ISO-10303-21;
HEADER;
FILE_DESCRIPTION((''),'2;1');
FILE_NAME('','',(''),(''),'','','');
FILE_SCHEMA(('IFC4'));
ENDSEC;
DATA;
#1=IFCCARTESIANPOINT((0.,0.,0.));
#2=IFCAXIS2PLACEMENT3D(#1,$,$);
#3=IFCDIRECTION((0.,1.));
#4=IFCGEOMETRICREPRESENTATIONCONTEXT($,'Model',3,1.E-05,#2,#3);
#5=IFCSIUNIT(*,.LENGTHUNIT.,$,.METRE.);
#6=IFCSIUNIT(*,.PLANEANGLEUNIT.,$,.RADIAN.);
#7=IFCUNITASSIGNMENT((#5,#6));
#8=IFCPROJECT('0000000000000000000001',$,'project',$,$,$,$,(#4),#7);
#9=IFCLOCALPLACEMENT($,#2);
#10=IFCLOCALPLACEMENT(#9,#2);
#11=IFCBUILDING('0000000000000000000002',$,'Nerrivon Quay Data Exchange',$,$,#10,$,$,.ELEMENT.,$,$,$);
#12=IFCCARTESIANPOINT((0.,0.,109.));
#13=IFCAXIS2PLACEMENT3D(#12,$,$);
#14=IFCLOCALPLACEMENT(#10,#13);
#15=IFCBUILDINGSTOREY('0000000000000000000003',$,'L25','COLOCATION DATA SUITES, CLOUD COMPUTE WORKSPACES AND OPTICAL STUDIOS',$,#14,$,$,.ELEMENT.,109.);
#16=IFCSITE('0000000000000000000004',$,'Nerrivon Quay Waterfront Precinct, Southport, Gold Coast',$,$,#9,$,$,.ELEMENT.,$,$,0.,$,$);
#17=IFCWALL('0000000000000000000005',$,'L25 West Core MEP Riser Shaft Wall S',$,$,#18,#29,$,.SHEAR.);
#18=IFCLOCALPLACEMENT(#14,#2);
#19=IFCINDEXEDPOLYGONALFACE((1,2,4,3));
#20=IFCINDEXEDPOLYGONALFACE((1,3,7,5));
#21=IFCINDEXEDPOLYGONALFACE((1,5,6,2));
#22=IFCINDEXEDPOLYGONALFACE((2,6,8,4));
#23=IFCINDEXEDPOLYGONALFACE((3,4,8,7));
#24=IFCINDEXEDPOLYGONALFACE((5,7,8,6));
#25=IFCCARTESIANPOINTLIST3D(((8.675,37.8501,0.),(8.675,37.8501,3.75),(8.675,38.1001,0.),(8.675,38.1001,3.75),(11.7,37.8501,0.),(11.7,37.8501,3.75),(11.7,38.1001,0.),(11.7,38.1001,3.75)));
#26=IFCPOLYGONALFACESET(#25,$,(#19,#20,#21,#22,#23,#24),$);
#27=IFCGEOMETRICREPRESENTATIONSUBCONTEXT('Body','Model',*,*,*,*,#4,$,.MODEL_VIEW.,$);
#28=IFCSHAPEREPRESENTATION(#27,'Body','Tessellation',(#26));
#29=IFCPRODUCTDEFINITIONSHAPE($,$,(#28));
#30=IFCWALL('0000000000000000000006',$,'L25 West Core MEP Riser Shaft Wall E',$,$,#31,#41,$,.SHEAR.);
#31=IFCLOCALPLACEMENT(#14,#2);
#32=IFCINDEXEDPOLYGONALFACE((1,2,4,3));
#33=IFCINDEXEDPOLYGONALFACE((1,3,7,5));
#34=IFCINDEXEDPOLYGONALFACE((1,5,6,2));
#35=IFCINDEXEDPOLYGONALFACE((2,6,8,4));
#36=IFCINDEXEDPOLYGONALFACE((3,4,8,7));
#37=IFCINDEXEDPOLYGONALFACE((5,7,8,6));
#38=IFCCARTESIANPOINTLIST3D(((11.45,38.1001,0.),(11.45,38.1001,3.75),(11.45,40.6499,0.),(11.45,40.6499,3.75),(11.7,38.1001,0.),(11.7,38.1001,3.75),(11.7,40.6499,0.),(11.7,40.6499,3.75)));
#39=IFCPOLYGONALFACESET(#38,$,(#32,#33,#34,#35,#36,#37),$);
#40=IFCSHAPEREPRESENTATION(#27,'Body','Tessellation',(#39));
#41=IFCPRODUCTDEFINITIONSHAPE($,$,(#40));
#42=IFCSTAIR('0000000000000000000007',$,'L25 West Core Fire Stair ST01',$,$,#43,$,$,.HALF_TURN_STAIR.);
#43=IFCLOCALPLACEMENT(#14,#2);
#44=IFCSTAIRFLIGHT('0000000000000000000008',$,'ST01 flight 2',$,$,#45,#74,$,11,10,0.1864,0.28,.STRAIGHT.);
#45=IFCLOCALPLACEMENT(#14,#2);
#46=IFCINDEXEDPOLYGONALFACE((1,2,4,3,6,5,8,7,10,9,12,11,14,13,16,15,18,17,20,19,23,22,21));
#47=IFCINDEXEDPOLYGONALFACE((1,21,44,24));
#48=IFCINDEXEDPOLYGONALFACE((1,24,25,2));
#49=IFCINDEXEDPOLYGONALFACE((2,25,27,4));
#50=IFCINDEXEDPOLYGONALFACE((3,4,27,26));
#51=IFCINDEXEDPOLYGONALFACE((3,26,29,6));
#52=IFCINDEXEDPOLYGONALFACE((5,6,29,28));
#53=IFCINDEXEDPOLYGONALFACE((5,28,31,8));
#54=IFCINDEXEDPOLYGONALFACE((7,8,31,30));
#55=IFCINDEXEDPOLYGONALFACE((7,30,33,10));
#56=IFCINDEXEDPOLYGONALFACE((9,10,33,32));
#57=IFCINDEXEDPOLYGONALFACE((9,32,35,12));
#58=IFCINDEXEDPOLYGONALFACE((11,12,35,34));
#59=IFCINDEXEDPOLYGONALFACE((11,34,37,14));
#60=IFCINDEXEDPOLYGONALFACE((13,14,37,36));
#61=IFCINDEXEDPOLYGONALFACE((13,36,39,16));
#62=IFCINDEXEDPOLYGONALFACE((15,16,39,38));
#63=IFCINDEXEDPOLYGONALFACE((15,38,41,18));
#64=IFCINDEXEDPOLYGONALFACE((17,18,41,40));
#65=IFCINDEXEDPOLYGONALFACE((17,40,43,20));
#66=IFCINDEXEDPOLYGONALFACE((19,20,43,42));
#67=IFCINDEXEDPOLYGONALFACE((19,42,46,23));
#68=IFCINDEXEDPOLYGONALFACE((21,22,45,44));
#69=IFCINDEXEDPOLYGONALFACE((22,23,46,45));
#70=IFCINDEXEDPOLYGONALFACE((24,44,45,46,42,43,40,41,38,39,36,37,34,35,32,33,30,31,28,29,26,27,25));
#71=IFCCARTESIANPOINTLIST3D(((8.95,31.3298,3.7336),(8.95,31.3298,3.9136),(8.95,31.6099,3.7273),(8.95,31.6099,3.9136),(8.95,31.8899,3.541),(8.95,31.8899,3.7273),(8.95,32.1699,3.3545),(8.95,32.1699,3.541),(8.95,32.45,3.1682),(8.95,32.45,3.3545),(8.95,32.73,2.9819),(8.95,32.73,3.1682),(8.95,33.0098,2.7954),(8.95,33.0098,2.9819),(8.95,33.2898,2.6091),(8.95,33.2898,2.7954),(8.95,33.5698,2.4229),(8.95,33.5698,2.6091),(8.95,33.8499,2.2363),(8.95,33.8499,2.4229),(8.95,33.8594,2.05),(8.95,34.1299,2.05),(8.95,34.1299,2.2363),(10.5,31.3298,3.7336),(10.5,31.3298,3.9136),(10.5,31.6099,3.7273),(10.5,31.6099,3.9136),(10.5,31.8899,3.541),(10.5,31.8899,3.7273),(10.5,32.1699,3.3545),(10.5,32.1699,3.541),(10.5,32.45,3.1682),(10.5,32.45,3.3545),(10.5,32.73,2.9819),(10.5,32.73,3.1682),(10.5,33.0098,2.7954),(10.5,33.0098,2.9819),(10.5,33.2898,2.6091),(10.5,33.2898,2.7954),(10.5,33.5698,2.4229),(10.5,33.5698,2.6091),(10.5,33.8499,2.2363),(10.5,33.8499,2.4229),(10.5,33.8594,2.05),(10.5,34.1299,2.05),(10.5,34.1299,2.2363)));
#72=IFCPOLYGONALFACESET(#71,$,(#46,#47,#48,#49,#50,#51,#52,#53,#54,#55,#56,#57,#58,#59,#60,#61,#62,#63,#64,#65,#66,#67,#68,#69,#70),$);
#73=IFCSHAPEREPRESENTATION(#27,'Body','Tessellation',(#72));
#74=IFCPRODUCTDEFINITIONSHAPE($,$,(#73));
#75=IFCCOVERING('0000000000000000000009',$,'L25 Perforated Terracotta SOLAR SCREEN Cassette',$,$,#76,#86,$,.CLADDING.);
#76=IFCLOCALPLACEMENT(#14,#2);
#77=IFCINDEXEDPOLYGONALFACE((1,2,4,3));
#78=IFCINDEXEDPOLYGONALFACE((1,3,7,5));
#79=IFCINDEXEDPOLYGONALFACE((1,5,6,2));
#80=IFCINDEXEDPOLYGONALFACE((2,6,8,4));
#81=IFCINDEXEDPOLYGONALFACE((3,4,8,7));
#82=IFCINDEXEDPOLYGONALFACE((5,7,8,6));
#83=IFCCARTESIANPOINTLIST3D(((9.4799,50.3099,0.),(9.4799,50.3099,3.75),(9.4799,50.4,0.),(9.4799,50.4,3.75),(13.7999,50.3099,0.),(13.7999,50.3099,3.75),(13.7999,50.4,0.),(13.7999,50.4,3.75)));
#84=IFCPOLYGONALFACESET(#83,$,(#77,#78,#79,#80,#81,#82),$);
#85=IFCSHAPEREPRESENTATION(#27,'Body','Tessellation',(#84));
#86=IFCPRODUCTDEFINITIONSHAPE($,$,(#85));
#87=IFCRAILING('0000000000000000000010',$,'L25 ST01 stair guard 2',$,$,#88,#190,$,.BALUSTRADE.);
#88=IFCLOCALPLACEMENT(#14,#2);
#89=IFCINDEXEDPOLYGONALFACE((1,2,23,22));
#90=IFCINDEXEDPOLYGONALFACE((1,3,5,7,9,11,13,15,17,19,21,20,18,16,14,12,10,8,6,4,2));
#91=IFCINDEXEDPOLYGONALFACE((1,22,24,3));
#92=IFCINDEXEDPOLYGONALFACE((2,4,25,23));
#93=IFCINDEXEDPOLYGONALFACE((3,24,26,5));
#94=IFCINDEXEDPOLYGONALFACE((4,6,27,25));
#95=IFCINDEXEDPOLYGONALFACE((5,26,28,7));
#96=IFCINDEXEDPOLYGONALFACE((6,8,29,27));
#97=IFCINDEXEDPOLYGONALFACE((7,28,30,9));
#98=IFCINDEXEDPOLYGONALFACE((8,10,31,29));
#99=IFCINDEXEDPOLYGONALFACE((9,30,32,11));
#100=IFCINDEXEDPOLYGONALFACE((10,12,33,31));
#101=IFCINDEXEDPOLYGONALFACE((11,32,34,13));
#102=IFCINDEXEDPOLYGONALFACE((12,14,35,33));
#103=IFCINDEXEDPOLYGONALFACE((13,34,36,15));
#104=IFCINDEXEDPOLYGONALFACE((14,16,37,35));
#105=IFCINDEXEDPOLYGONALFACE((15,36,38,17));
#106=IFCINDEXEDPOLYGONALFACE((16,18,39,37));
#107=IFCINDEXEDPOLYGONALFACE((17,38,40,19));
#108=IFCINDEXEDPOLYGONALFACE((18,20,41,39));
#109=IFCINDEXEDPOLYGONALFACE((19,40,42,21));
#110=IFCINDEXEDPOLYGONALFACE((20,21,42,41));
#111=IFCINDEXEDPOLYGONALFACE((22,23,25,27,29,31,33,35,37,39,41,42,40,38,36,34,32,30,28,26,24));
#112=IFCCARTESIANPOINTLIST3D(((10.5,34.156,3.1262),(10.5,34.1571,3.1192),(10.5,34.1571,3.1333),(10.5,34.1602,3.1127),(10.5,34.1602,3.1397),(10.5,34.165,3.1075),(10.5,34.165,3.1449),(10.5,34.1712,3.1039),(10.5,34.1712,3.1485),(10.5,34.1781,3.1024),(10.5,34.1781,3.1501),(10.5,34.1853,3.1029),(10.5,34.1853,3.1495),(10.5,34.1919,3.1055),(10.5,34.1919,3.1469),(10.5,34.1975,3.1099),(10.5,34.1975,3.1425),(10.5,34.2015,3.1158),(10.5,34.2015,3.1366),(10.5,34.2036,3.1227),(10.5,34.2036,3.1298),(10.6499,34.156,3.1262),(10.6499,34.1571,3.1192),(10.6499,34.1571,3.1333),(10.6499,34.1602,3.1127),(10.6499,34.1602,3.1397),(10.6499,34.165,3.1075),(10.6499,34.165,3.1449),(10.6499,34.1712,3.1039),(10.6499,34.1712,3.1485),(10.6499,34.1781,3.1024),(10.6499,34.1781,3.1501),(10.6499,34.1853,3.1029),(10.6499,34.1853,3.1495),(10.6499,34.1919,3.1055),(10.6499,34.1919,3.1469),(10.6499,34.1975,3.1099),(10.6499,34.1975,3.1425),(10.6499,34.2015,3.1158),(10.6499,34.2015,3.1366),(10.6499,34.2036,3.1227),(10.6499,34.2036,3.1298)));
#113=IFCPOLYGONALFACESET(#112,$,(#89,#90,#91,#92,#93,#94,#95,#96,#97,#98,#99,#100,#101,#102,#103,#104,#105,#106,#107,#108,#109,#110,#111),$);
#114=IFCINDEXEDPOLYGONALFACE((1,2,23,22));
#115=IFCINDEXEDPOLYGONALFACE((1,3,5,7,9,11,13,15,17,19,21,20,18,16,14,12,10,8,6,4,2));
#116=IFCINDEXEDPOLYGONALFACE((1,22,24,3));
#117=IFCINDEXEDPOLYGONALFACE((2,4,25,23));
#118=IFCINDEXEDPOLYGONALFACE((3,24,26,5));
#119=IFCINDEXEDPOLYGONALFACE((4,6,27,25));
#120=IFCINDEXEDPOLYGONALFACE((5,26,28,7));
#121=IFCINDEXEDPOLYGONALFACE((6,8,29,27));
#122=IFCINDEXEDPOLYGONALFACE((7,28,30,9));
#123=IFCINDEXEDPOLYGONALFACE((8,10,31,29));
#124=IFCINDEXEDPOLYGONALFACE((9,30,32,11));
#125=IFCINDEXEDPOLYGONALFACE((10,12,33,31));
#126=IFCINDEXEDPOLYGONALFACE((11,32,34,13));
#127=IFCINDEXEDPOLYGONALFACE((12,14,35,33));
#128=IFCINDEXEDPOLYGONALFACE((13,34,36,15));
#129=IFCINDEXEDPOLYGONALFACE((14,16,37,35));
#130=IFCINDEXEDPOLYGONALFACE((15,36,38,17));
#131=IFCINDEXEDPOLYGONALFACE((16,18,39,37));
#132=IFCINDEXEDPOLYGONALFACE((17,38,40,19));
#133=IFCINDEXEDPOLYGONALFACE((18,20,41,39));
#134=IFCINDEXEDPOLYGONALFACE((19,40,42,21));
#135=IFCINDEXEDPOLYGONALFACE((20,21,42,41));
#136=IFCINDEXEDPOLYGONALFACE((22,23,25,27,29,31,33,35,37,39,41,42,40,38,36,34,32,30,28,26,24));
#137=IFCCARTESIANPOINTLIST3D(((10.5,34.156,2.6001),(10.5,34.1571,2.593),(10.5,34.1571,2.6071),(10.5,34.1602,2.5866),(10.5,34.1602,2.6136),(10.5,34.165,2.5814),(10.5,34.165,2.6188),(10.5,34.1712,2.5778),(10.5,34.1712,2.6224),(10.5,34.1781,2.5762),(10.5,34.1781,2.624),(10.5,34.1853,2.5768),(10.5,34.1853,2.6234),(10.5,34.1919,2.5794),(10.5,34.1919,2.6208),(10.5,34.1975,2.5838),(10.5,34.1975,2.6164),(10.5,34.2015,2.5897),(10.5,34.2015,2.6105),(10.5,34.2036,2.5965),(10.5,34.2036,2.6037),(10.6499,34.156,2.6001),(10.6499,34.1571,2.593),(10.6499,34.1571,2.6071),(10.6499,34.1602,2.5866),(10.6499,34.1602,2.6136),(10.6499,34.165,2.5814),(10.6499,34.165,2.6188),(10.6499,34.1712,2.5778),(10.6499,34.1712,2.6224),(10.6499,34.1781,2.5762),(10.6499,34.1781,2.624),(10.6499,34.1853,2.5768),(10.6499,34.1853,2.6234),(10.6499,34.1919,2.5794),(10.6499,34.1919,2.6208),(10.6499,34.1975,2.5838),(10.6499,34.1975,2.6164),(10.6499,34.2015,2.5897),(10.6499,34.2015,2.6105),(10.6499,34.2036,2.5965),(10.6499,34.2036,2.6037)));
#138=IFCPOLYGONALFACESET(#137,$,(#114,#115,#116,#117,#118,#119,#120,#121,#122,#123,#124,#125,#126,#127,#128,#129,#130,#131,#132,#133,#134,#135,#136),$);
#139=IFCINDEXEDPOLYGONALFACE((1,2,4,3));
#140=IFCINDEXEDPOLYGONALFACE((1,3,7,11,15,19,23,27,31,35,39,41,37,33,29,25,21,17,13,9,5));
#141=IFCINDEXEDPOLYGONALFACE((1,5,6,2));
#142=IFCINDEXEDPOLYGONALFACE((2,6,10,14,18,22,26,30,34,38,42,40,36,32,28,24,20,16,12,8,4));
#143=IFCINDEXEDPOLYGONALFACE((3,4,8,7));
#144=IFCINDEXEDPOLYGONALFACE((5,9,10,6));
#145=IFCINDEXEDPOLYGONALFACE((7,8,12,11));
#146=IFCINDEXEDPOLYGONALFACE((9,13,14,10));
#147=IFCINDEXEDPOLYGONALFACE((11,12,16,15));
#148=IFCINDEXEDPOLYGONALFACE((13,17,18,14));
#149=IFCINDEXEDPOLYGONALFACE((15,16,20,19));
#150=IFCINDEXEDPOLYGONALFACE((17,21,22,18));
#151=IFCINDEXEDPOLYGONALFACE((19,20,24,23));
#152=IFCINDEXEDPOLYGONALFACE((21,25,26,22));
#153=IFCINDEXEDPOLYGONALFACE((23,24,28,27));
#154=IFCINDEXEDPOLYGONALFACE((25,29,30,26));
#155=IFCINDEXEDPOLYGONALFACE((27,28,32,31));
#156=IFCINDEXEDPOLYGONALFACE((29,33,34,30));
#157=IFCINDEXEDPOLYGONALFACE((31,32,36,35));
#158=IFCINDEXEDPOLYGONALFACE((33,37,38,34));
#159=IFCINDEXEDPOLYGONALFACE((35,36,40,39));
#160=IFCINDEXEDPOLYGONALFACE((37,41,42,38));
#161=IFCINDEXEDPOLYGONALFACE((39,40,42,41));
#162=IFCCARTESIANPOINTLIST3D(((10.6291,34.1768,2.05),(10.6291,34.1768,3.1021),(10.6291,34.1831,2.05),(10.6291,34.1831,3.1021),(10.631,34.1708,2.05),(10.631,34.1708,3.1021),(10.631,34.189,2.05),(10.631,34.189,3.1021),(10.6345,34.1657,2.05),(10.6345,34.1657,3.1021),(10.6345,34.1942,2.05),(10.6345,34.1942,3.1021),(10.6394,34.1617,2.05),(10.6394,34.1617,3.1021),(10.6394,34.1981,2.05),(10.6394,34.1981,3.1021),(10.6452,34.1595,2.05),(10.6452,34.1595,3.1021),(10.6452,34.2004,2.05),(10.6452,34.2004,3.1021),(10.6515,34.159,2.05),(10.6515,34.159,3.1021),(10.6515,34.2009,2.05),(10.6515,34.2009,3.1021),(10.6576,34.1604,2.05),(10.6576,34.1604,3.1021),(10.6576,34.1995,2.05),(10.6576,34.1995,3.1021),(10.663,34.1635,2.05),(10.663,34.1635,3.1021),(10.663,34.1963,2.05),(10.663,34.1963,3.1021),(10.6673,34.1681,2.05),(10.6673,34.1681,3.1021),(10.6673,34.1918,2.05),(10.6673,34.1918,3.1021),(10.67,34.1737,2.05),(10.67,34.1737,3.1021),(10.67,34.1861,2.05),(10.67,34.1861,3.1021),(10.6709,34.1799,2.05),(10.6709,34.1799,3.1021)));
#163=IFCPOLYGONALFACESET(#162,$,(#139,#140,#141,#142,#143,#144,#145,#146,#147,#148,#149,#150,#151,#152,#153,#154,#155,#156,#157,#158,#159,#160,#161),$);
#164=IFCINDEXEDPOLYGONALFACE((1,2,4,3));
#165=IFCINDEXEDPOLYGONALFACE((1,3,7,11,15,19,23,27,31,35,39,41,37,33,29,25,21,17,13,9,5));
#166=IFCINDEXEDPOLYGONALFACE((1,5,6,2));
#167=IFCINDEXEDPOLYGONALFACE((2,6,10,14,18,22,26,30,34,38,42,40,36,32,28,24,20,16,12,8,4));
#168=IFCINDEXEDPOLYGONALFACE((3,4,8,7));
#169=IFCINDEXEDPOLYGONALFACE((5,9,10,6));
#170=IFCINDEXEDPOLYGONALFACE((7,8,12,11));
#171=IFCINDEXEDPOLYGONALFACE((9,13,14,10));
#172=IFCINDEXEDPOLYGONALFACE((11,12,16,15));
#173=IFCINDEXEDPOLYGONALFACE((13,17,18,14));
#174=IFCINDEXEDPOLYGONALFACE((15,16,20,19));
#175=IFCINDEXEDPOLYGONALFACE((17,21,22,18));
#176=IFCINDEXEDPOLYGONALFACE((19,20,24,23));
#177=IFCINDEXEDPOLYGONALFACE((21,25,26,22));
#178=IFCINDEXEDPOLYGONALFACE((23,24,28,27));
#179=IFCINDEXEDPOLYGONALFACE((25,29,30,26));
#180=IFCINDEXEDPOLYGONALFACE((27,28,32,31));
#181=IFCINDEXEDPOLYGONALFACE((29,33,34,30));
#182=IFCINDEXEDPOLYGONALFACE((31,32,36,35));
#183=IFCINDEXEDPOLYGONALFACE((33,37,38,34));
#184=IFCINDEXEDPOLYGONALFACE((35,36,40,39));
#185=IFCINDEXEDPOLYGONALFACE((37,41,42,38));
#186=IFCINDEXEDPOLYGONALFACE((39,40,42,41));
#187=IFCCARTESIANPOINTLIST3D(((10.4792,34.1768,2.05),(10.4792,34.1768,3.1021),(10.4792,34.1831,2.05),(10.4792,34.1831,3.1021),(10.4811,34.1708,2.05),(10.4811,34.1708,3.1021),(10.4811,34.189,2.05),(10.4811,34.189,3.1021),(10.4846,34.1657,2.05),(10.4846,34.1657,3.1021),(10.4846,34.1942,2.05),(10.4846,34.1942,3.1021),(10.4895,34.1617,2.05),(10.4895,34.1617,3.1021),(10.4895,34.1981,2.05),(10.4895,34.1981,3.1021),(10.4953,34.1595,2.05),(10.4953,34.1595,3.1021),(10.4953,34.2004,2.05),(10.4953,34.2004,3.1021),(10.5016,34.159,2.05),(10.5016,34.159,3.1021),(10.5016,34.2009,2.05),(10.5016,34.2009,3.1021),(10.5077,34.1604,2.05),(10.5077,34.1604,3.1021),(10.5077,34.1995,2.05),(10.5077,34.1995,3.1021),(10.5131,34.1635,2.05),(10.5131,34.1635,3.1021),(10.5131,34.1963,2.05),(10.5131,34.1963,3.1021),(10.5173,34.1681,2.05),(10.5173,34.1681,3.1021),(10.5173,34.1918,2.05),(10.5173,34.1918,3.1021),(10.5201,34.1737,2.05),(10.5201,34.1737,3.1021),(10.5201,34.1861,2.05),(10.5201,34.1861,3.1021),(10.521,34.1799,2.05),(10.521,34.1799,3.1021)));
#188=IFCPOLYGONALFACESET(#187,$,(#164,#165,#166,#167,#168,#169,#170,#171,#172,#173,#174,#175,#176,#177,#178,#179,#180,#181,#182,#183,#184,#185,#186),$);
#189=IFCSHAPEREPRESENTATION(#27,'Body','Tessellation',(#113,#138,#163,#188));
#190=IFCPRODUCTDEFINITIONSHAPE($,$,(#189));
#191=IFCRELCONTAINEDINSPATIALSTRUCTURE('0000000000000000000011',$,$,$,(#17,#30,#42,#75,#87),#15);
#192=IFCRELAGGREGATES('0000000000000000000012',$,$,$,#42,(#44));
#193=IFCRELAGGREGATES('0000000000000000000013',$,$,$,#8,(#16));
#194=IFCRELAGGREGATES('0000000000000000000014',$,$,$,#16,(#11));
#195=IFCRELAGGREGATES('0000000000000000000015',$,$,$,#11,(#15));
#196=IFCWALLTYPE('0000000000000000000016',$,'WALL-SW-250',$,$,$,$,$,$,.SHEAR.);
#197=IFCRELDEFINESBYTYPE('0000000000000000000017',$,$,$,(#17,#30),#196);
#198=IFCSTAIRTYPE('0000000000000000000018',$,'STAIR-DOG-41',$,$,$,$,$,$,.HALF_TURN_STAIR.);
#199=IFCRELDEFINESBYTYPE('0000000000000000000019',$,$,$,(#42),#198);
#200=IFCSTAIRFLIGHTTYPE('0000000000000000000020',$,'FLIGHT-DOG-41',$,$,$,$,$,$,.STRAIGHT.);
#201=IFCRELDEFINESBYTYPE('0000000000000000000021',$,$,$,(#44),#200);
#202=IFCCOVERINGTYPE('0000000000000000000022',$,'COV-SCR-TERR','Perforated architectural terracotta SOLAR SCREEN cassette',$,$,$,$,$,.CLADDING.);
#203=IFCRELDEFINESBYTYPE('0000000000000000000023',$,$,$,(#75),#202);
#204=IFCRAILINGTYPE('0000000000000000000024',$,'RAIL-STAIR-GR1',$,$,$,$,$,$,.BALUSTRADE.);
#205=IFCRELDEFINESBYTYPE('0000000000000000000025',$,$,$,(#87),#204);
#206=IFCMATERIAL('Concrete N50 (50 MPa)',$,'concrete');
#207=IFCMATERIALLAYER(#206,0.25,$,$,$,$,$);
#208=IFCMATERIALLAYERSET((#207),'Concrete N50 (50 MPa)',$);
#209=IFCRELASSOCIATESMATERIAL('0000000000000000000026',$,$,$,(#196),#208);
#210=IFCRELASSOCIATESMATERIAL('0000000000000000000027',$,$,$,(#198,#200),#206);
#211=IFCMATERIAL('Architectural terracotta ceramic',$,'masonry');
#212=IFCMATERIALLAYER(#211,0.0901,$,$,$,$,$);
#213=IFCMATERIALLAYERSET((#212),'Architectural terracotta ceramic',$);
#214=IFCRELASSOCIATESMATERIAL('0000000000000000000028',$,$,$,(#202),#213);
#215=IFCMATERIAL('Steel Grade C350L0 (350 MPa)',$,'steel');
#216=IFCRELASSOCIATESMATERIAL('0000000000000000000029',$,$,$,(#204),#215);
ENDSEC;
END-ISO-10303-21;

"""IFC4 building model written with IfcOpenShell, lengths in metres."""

from ifc_helpers import new_model, si_unit, direction, frame, frame_2d, origin, origin_2d, place, context, subcontext, project, spatial, polyline, rectangle, circle, outline, extrude, material, layer, layer_set, type_object, element, aggregate, save


model = new_model("IFC4")

# Units and contexts
model_context = context("Model", 3, precision=1e-05, world=origin(), true_north=direction((0.0, 1.0)))
body_context = subcontext(model_context, "Body", "Model", "MODEL_VIEW")
ifc_project = project(units=[si_unit("LENGTHUNIT", "METRE"), si_unit("PLANEANGLEUNIT", "RADIAN")], contexts=[model_context])

# Site, building, storey
site_placement = place(None, origin())
site = spatial("IfcSite", under=ifc_project, at=site_placement, Name="Nerrivon Quay Waterfront Precinct, Southport, Gold Coast", CompositionType="ELEMENT", RefElevation=0.0)
building_placement = place(site_placement, origin())
building = spatial("IfcBuilding", under=site, at=building_placement, Name="Nerrivon Quay Data Exchange", CompositionType="ELEMENT")
storey_placement = place(building_placement, frame((0.0, 0.0, 109.0)))
storey = spatial("IfcBuildingStorey", under=building, at=storey_placement, Name="L25", Description="COLOCATION DATA SUITES, CLOUD COMPUTE WORKSPACES AND OPTICAL STUDIOS", CompositionType="ELEMENT", Elevation=109.0)

# Walls
ifc_material_1 = material(Name="Concrete N50 (50 MPa)", Category="concrete")
ifc_layer_1 = layer(ifc_material_1, 0.25)
ifc_layer_set_1 = layer_set([ifc_layer_1], Name="Concrete N50 (50 MPa)")
wall_type_1 = type_object("IfcWallType", Name="WALL-SW-250", PredefinedType="SHEAR", material=ifc_layer_set_1)
wall_1_placement = place(storey_placement, frame((8.675, 37.9751, 0.0), z_axis=(0.0, 0.0, 1.0), x_axis=(1.0, 0.0, 0.0)))
element("IfcWall", 1, at=wall_1_placement, inside=storey, type_object=wall_type_1, Name="L25 West Core MEP Riser Shaft Wall S", PredefinedType="SHEAR", context=body_context, shape_type="SweptSolid", body=[
    extrude(rectangle(XDim=3.0249, YDim=0.25, at=frame_2d((1.5125, 0.0))), origin(), (0.0, 0.0, 1.0), 3.75),
])
wall_2_placement = place(storey_placement, frame((11.575, 38.1001, 0.0), z_axis=(0.0, 0.0, 1.0), x_axis=(0.0, 1.0, 0.0)))
element("IfcWall", 2, at=wall_2_placement, inside=storey, type_object=wall_type_1, Name="L25 West Core MEP Riser Shaft Wall E", PredefinedType="SHEAR", context=body_context, shape_type="SweptSolid", body=[
    extrude(rectangle(XDim=2.5498, YDim=0.25, at=frame_2d((1.2749, 0.0))), origin(), (0.0, 0.0, 1.0), 3.75),
])

# Stair, stair flight
stair_type = type_object("IfcStairType", Name="STAIR-DOG-41", PredefinedType="HALF_TURN_STAIR", material=ifc_material_1)
stair_placement = place(storey_placement, origin())
stair = element("IfcStair", 3, at=stair_placement, inside=storey, type_object=stair_type, Name="L25 West Core Fire Stair ST01", PredefinedType="HALF_TURN_STAIR")
stair_flight_type = type_object("IfcStairFlightType", Name="FLIGHT-DOG-41", PredefinedType="STRAIGHT", material=ifc_material_1)
stair_flight_placement = place(storey_placement, frame((9.7251, 34.1299, 2.05), z_axis=(0.0, 0.0, 1.0), x_axis=(0.0, -1.0, 0.0)))
stair_flight = element("IfcStairFlight", 4, at=stair_flight_placement, type_object=stair_flight_type, Name="ST01 flight 2", NumberOfRisers=11, NumberOfTreads=10, PredefinedType="STRAIGHT", RiserHeight=0.1864, TreadLength=0.28, context=body_context, shape_type="SweptSolid", body=[
    extrude(outline(polyline([(0.0, 0.0), (0.0, 0.1863), (0.28, 0.1863), (0.28, 0.3728), (0.5601, 0.3728), (0.5601, 0.5591), (0.8401, 0.5591), (0.8401, 0.7454), (1.1201, 0.7454), (1.1201, 0.9319), (1.3999, 0.9319), (1.3999, 1.1182), (1.6799, 1.1182), (1.6799, 1.3044), (1.96, 1.3044), (1.96, 1.491), (2.24, 1.491), (2.24, 1.6772), (2.52, 1.6772), (2.52, 1.8635), (2.8, 1.8635), (2.8, 2.05), (2.8, 1.6836), (0.2705, 0.0), (0.0, 0.0)])), frame((0.0, 0.7749, 0.0), z_axis=(0.0, -1.0, 0.0), x_axis=(1.0, 0.0, 0.0)), (0.0, 0.0, 1.0), 1.55),
])
aggregate(stair, [stair_flight])

# Covering
ifc_material_2 = material(Name="Architectural terracotta ceramic", Category="masonry")
ifc_layer_2 = layer(ifc_material_2, 0.0901)
ifc_layer_set_2 = layer_set([ifc_layer_2], Name="Architectural terracotta ceramic")
covering_type = type_object("IfcCoveringType", Name="COV-SCR-TERR", Description="Perforated architectural terracotta SOLAR SCREEN cassette", PredefinedType="CLADDING", material=ifc_layer_set_2)
covering_placement = place(storey_placement, frame((11.6399, 50.355, 0.0), z_axis=(0.0, 0.0, 1.0), x_axis=(1.0, 0.0, 0.0)))
element("IfcCovering", 5, at=covering_placement, inside=storey, type_object=covering_type, Name="L25 Perforated Terracotta SOLAR SCREEN Cassette", PredefinedType="CLADDING", context=body_context, shape_type="SweptSolid", body=[
    extrude(rectangle(XDim=4.3201, YDim=0.0901, at=origin_2d()), origin(), (0.0, 0.0, 1.0), 3.75),
])

# Railing
ifc_material_3 = material(Name="Steel Grade C350L0 (350 MPa)", Category="steel")
railing_type = type_object("IfcRailingType", Name="RAIL-STAIR-GR1", PredefinedType="BALUSTRADE", material=ifc_material_3)
railing_1_placement = place(storey_placement, frame((10.6499, 34.1799, 2.05)))
element("IfcRailing", 6, at=railing_1_placement, inside=storey, type_object=railing_type, Name="L25 ST01 stair guard 2", PredefinedType="BALUSTRADE", context=body_context, shape_type="SweptSolid", body=[
    extrude(circle(Radius=0.0239, at=origin_2d()), frame((0.0, 0.0, 1.0762), z_axis=(-1.0, 0.0, 0.0), x_axis=(0.0, -1.0, 0.0)), (0.0, 0.0, 1.0), 0.1499),
    extrude(circle(Radius=0.0239, at=origin_2d()), frame((0.0, 0.0, 0.55), z_axis=(-1.0, 0.0, 0.0), x_axis=(0.0, -1.0, 0.0)), (0.0, 0.0, 1.0), 0.1499),
    extrude(circle(Radius=0.021, at=origin_2d()), origin(), (0.0, 0.0, 1.0), 1.052),
    extrude(circle(Radius=0.021, at=origin_2d()), frame((-0.1499, 0.0, 0.0)), (0.0, 0.0, 1.0), 1.052),
])

save(model, "model.ifc")
